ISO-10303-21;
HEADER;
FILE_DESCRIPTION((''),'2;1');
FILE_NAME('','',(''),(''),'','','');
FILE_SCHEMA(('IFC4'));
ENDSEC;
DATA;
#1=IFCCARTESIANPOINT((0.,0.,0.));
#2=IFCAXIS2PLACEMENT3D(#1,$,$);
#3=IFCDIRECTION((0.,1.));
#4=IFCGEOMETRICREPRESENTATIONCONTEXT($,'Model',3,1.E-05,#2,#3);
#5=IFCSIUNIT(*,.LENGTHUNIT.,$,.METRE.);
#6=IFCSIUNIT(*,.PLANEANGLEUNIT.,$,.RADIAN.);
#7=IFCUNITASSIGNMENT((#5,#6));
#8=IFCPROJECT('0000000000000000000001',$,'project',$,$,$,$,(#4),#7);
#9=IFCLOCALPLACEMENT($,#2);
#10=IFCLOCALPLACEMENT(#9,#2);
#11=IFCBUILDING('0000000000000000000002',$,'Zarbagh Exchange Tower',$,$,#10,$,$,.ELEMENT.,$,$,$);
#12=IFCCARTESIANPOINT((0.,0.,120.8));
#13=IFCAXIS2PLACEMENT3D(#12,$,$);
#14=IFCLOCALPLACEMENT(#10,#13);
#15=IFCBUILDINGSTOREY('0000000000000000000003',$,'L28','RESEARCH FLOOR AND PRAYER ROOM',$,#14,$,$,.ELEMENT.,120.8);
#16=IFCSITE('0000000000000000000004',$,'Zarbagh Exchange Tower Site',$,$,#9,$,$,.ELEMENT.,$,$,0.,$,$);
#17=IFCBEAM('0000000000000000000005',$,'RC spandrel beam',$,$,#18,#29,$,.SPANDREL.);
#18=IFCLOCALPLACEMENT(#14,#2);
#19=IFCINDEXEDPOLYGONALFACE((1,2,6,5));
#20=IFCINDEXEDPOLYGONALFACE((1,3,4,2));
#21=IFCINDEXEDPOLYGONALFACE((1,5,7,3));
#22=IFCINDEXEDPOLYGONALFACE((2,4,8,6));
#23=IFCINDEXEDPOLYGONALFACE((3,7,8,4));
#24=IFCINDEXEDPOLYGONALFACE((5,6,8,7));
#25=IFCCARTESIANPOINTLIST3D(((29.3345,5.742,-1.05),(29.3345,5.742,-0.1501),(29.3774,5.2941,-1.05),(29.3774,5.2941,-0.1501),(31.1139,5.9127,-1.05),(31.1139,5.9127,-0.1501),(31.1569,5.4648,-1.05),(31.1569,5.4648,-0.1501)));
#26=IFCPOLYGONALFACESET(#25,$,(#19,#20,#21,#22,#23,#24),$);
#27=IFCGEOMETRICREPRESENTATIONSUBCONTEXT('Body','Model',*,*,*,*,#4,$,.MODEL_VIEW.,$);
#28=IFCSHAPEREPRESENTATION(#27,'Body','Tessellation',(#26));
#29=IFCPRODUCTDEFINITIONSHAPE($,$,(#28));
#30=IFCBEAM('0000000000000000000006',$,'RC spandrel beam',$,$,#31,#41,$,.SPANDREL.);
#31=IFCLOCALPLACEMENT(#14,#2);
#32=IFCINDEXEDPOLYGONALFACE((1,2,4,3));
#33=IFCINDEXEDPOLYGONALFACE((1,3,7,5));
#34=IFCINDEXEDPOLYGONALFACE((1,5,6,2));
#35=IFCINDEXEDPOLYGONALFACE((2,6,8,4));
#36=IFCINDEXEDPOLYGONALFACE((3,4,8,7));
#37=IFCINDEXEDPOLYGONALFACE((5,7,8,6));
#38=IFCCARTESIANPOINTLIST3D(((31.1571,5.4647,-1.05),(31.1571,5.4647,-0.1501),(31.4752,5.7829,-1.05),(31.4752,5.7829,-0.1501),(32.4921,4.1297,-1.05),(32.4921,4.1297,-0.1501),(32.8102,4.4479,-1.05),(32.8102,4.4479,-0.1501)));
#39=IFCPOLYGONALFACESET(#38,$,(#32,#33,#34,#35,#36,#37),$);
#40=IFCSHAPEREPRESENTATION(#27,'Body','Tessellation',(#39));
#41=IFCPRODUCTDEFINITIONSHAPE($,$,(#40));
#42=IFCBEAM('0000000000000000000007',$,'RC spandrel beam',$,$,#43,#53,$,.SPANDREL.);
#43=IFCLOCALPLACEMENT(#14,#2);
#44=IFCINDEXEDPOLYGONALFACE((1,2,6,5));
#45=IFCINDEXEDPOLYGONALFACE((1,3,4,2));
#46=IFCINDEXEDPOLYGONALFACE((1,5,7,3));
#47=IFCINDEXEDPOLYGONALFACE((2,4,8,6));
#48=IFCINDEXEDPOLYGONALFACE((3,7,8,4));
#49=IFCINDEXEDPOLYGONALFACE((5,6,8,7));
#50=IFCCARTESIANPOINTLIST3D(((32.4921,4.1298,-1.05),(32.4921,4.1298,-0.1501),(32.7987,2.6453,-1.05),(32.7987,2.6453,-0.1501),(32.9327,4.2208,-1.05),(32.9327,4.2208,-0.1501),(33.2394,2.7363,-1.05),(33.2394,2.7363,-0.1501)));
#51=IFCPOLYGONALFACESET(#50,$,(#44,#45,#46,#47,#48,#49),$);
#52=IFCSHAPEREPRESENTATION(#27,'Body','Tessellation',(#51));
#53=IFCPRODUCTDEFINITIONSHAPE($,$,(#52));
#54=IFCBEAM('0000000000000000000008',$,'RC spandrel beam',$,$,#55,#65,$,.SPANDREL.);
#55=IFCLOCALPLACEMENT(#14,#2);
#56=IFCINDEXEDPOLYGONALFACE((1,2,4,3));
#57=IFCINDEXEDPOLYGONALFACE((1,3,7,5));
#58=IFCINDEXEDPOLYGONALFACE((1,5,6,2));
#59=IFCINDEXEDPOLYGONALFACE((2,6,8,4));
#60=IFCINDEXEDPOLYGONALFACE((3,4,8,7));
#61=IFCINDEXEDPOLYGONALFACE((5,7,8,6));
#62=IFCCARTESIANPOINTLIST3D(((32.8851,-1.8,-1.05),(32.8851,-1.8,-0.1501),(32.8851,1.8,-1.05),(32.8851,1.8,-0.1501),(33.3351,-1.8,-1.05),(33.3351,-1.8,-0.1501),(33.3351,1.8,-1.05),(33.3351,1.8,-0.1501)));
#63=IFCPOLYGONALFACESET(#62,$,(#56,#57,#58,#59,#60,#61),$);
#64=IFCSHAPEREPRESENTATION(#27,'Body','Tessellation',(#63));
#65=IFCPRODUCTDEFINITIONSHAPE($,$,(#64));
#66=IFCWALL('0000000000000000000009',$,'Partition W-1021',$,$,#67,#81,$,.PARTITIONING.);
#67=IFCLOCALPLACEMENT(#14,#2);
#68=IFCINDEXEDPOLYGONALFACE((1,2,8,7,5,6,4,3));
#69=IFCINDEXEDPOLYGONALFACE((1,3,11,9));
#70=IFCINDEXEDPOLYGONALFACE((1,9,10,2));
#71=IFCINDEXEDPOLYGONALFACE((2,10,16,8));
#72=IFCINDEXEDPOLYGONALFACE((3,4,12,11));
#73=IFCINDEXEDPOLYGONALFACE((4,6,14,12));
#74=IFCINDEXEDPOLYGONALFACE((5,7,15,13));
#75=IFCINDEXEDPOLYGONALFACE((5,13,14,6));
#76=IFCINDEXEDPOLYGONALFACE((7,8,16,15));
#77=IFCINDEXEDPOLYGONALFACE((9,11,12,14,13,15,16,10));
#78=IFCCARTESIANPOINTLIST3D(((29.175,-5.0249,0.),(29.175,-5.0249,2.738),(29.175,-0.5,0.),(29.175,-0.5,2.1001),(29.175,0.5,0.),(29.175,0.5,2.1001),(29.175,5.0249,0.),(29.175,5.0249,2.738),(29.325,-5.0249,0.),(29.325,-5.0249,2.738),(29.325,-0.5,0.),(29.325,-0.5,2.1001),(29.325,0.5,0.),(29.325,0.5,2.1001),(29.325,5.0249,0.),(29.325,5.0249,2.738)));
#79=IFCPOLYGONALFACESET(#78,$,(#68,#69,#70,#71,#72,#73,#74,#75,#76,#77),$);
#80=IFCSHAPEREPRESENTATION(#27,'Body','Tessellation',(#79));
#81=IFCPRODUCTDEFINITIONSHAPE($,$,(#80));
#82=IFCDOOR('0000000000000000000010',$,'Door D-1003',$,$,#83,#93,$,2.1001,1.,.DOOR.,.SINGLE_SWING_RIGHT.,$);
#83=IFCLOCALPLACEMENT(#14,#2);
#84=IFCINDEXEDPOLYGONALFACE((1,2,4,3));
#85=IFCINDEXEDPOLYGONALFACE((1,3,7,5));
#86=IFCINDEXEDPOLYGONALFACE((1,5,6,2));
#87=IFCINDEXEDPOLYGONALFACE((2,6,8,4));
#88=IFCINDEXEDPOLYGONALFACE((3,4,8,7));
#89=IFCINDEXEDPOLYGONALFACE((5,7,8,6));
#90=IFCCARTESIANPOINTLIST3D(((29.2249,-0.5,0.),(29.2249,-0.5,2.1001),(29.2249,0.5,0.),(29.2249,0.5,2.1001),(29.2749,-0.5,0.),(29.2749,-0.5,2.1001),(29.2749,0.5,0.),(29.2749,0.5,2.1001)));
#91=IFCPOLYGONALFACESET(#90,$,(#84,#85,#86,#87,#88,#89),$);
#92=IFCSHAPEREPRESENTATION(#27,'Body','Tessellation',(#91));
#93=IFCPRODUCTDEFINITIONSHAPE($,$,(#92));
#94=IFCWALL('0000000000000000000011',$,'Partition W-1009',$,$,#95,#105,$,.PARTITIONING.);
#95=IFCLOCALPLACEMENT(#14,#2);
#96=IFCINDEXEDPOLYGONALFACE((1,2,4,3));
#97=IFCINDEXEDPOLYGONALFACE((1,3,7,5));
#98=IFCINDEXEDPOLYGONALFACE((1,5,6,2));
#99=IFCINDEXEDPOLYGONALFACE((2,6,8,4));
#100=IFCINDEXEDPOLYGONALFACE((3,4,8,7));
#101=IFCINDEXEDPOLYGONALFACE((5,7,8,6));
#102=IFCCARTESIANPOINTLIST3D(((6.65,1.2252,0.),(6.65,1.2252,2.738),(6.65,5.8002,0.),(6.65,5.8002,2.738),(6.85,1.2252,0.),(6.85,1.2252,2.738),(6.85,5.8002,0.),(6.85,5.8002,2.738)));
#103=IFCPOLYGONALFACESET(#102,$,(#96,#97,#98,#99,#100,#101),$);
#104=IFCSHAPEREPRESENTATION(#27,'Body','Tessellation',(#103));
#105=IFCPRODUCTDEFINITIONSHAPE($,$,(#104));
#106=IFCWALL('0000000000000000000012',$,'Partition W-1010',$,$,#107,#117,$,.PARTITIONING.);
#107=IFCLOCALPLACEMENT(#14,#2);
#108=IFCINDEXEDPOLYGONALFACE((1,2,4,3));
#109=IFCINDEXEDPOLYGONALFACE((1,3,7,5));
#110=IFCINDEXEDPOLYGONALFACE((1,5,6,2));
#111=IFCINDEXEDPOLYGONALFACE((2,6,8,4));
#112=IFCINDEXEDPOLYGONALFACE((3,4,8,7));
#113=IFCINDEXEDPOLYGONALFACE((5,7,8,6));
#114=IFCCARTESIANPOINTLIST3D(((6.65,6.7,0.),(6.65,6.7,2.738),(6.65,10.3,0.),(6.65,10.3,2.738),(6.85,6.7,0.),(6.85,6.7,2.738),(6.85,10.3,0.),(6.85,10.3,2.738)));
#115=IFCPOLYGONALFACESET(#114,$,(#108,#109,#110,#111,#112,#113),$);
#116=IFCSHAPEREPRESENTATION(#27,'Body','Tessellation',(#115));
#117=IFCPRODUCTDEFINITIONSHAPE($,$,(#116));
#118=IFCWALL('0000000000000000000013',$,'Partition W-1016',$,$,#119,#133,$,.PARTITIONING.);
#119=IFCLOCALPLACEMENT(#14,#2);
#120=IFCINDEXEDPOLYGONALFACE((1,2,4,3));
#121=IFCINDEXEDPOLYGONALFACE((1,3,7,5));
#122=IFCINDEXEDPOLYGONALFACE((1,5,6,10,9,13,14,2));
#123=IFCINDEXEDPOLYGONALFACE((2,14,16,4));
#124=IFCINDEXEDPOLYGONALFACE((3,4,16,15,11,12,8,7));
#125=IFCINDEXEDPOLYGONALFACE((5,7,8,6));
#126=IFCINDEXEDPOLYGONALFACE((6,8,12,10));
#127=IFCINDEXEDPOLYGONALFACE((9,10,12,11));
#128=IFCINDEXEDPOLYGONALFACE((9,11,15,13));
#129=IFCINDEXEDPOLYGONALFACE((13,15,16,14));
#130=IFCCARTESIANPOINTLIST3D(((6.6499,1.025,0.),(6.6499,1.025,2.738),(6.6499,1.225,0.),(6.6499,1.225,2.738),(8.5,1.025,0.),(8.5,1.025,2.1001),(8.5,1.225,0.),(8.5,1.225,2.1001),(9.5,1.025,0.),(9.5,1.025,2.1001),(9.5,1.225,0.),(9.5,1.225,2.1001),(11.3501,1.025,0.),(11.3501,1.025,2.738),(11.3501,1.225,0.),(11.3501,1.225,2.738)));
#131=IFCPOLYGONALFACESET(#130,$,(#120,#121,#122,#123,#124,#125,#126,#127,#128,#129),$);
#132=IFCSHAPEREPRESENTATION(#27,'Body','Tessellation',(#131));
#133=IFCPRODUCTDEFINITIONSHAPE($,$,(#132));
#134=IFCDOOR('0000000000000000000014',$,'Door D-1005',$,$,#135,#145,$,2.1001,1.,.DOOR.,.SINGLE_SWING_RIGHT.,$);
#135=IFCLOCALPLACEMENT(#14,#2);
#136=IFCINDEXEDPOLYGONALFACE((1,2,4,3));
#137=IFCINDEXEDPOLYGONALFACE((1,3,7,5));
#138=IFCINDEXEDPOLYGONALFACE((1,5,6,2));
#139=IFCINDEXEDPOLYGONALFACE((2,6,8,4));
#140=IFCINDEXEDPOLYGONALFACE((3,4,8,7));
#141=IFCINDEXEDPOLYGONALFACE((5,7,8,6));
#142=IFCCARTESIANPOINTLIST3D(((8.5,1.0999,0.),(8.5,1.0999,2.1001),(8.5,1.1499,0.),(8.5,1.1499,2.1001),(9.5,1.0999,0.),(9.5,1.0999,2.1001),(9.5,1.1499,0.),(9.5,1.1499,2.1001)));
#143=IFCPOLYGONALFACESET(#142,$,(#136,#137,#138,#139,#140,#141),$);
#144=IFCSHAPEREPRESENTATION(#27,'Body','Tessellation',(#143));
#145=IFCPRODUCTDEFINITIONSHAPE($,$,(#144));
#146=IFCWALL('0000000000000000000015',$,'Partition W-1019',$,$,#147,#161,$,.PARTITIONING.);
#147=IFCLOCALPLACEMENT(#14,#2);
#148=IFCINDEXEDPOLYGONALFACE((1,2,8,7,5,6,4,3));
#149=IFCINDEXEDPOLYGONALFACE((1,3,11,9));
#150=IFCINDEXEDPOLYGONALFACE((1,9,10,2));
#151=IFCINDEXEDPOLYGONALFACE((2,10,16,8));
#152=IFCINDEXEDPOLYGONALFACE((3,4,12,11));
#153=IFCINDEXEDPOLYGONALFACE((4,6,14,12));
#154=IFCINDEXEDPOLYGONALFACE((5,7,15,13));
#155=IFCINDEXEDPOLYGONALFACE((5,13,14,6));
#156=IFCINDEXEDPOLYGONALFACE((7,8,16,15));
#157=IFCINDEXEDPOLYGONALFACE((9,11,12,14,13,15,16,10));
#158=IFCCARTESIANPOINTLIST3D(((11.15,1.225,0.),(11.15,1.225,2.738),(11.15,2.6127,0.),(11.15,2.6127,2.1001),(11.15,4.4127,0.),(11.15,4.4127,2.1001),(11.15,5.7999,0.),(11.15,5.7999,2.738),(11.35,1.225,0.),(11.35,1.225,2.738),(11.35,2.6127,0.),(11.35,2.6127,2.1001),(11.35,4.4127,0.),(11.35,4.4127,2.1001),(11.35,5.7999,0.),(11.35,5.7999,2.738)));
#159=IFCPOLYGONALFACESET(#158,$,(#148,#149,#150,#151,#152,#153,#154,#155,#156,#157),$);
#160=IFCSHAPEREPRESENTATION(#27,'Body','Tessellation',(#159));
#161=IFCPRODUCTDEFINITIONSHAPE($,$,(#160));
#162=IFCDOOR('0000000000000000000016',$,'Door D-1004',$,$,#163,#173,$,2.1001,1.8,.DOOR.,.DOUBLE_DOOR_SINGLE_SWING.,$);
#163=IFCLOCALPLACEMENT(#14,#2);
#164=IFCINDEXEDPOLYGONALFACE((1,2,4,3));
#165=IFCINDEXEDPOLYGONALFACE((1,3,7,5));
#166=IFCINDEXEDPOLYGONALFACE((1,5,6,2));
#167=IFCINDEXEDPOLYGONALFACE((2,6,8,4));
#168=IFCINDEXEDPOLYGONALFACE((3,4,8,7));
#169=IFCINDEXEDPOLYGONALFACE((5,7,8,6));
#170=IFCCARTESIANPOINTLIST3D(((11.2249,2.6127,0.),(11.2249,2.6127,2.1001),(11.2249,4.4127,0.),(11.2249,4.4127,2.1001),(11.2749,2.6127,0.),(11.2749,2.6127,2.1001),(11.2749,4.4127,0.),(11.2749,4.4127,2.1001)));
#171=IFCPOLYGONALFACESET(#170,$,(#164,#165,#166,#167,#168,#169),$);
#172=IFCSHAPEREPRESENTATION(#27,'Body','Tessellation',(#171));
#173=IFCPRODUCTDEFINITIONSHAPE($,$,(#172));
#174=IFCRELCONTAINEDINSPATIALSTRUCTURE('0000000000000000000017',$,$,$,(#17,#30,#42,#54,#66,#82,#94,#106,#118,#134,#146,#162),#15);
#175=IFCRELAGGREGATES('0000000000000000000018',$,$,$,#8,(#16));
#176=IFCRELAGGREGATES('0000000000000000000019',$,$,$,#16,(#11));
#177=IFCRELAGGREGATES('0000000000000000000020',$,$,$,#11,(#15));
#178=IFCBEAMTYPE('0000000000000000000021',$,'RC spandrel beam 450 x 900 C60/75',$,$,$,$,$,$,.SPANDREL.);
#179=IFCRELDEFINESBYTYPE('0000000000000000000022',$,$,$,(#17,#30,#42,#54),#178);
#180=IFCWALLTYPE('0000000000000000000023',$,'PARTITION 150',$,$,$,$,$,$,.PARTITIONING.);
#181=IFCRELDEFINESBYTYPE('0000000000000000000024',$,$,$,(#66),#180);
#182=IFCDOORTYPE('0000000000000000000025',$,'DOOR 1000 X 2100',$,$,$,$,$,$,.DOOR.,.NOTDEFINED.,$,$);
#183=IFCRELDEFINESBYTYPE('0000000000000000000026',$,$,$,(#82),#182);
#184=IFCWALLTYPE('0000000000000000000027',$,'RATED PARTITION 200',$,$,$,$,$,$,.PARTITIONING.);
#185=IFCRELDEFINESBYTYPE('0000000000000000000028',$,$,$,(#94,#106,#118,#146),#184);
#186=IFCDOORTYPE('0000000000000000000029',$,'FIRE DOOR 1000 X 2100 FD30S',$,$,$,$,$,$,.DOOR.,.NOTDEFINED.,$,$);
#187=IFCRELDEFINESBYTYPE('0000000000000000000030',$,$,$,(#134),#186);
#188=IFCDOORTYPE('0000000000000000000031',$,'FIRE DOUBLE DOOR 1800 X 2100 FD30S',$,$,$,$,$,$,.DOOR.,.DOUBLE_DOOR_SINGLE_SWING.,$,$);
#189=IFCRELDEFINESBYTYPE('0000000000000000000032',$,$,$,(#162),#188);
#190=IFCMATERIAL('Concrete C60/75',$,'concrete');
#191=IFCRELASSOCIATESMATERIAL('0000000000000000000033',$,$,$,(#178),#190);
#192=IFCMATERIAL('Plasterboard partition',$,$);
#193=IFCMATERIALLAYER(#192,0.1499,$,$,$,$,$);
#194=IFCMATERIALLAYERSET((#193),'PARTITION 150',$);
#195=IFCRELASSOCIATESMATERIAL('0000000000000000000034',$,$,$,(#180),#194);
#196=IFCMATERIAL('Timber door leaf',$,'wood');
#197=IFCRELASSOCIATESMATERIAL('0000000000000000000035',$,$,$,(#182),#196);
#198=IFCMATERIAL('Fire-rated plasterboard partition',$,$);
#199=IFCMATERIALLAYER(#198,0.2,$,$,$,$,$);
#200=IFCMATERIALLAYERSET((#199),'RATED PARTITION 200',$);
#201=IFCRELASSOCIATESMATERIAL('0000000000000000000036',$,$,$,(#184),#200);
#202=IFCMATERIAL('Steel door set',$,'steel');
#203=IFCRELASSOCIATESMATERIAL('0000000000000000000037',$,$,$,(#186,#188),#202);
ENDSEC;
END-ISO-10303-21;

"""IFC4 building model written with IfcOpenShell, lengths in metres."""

from ifc_helpers import new_model, si_unit, direction, frame, frame_2d, origin, origin_2d, place, context, subcontext, project, spatial, rectangle, extrude, material, layer, layer_set, material_profile, profile_set, type_object, element, fill, save


model = new_model("IFC4")

# Units and contexts
model_context = context("Model", 3, precision=1e-05, world=origin(), true_north=direction((0.0, 1.0)))
body_context = subcontext(model_context, "Body", "Model", "MODEL_VIEW")
ifc_project = project(units=[si_unit("LENGTHUNIT", "METRE"), si_unit("PLANEANGLEUNIT", "RADIAN")], contexts=[model_context])

# Site, building, storey
site_placement = place(None, origin())
site = spatial("IfcSite", under=ifc_project, at=site_placement, Name="Zarbagh Exchange Tower Site", CompositionType="ELEMENT", RefElevation=0.0)
building_placement = place(site_placement, origin())
building = spatial("IfcBuilding", under=site, at=building_placement, Name="Zarbagh Exchange Tower", CompositionType="ELEMENT")
storey_placement = place(building_placement, frame((0.0, 0.0, 120.8)))
storey = spatial("IfcBuildingStorey", under=building, at=storey_placement, Name="L28", Description="RESEARCH FLOOR AND PRAYER ROOM", CompositionType="ELEMENT", Elevation=120.8)

# Shared definitions
ifc_material_1 = material(Name="Concrete C60/75", Category="concrete")

# Beams
ifc_material_profile_1 = material_profile(ifc_material_1, rectangle(XDim=0.45, YDim=0.8999, at=origin_2d()), Name="RC spandrel beam 450 x 900 C60/75")
ifc_profile_set_1 = profile_set([ifc_material_profile_1], Name="Concrete C60/75")
beam_type_1 = type_object("IfcBeamType", Name="RC spandrel beam 450 x 900 C60/75", PredefinedType="SPANDREL", material=ifc_profile_set_1)
beam_1_placement = place(storey_placement, frame((29.356, 5.5181, -0.6001), z_axis=(0.995433, 0.09546, 0.0), x_axis=(-0.09546, 0.995433, 0.0)))
element("IfcBeam", 1, at=beam_1_placement, inside=storey, type_object=beam_type_1, Name="RC spandrel beam", PredefinedType="SPANDREL", context=body_context, shape_type="SweptSolid", body=[
    extrude(rectangle(XDim=0.45, YDim=0.8999, at=origin_2d()), origin(), (0.0, 0.0, 1.0), 1.7876),
])
beam_2_placement = place(storey_placement, frame((31.3162, 5.6238, -0.6001), z_axis=(0.707107, -0.707107, 0.0), x_axis=(0.707107, 0.707107, 0.0)))
element("IfcBeam", 2, at=beam_2_placement, inside=storey, type_object=beam_type_1, Name="RC spandrel beam", PredefinedType="SPANDREL", context=body_context, shape_type="SweptSolid", body=[
    extrude(rectangle(XDim=0.45, YDim=0.8999, at=origin_2d()), origin(), (0.0, 0.0, 1.0), 1.8879),
])
beam_3_placement = place(storey_placement, frame((32.7124, 4.1753, -0.6001), z_axis=(0.202275, -0.979329, 0.0), x_axis=(0.979329, 0.202275, 0.0)))
element("IfcBeam", 3, at=beam_3_placement, inside=storey, type_object=beam_type_1, Name="RC spandrel beam", PredefinedType="SPANDREL", context=body_context, shape_type="SweptSolid", body=[
    extrude(rectangle(XDim=0.45, YDim=0.8999, at=origin_2d()), origin(), (0.0, 0.0, 1.0), 1.5159),
])
beam_4_placement = place(storey_placement, frame((33.1101, 1.8, -0.6001), z_axis=(0.0, -1.0, 0.0), x_axis=(1.0, 0.0, 0.0)))
element("IfcBeam", 4, at=beam_4_placement, inside=storey, type_object=beam_type_1, Name="RC spandrel beam", PredefinedType="SPANDREL", context=body_context, shape_type="SweptSolid", body=[
    extrude(rectangle(XDim=0.45, YDim=0.8999, at=origin_2d()), origin(), (0.0, 0.0, 1.0), 3.6001),
])

# Wall, opening, door
ifc_material_2 = material(Name="Plasterboard partition")
ifc_layer_1 = layer(ifc_material_2, 0.1499)
ifc_layer_set_1 = layer_set([ifc_layer_1], Name="PARTITION 150")
wall_type_1 = type_object("IfcWallType", Name="PARTITION 150", PredefinedType="PARTITIONING", material=ifc_layer_set_1)
wall_1_placement = place(storey_placement, frame((29.25, 5.0249, 0.0), z_axis=(0.0, 0.0, 1.0), x_axis=(0.0, -1.0, 0.0)))
wall_1 = element("IfcWall", 5, at=wall_1_placement, inside=storey, type_object=wall_type_1, Name="Partition W-1021", PredefinedType="PARTITIONING", context=body_context, shape_type="SweptSolid", body=[
    extrude(rectangle(XDim=10.0498, YDim=0.1499, at=frame_2d((5.0249, 0.0))), origin(), (0.0, 0.0, 1.0), 2.738),
])
opening_1_placement = place(wall_1_placement, frame((4.5249, 0.0, 0.0)))
opening_1 = element("IfcOpeningElement", 6, at=opening_1_placement, cuts=wall_1, PredefinedType="OPENING", context=body_context, shape_type="SweptSolid", body=[
    extrude(rectangle(XDim=1.0, YDim=2.1001, at=frame_2d((0.5, 1.05))), frame((0.0, 0.085, 0.0), z_axis=(0.0, -1.0, 0.0), x_axis=(1.0, 0.0, 0.0)), (0.0, 0.0, 1.0), 0.1699),
])
ifc_material_3 = material(Name="Timber door leaf", Category="wood")
door_type_1 = type_object("IfcDoorType", Name="DOOR 1000 X 2100", OperationType="NOTDEFINED", PredefinedType="DOOR", material=ifc_material_3)
door_1_placement = place(opening_1_placement, origin())
door_1 = element("IfcDoor", 7, at=door_1_placement, inside=storey, type_object=door_type_1, Name="Door D-1003", OperationType="SINGLE_SWING_RIGHT", OverallHeight=2.1001, OverallWidth=1.0, PredefinedType="DOOR", context=body_context, shape_type="SweptSolid", body=[
    extrude(rectangle(XDim=1.0, YDim=2.1001, at=frame_2d((0.5, 1.05))), frame((0.0, 0.0249, 0.0), z_axis=(0.0, -1.0, 0.0), x_axis=(1.0, 0.0, 0.0)), (0.0, 0.0, 1.0), 0.05),
])
fill(opening_1, door_1)

# Walls
ifc_material_4 = material(Name="Fire-rated plasterboard partition")
ifc_layer_2 = layer(ifc_material_4, 0.2)
ifc_layer_set_2 = layer_set([ifc_layer_2], Name="RATED PARTITION 200")
wall_type_2 = type_object("IfcWallType", Name="RATED PARTITION 200", PredefinedType="PARTITIONING", material=ifc_layer_set_2)
wall_2_placement = place(storey_placement, frame((6.75, 1.2251, 0.0), z_axis=(0.0, 0.0, 1.0), x_axis=(0.0, 1.0, 0.0)))
element("IfcWall", 8, at=wall_2_placement, inside=storey, type_object=wall_type_2, Name="Partition W-1009", PredefinedType="PARTITIONING", context=body_context, shape_type="SweptSolid", body=[
    extrude(rectangle(XDim=4.575, YDim=0.2, at=frame_2d((2.2876, 0.0))), origin(), (0.0, 0.0, 1.0), 2.738),
])
wall_3_placement = place(storey_placement, frame((6.75, 6.7, 0.0), z_axis=(0.0, 0.0, 1.0), x_axis=(0.0, 1.0, 0.0)))
element("IfcWall", 9, at=wall_3_placement, inside=storey, type_object=wall_type_2, Name="Partition W-1010", PredefinedType="PARTITIONING", context=body_context, shape_type="SweptSolid", body=[
    extrude(rectangle(XDim=3.6001, YDim=0.2, at=frame_2d((1.8, 0.0))), origin(), (0.0, 0.0, 1.0), 2.738),
])

# Walls, openings, doors
wall_4_placement = place(storey_placement, frame((6.6499, 1.125, 0.0), z_axis=(0.0, 0.0, 1.0), x_axis=(1.0, 0.0, 0.0)))
wall_4 = element("IfcWall", 10, at=wall_4_placement, inside=storey, type_object=wall_type_2, Name="Partition W-1016", PredefinedType="PARTITIONING", context=body_context, shape_type="SweptSolid", body=[
    extrude(rectangle(XDim=4.7002, YDim=0.2, at=frame_2d((2.3501, 0.0))), origin(), (0.0, 0.0, 1.0), 2.738),
])
opening_2_placement = place(wall_4_placement, frame((1.8501, 0.0, 0.0)))
opening_2 = element("IfcOpeningElement", 11, at=opening_2_placement, cuts=wall_4, PredefinedType="OPENING", context=body_context, shape_type="SweptSolid", body=[
    extrude(rectangle(XDim=1.0, YDim=2.1001, at=frame_2d((0.5, 1.05))), frame((0.0, 0.1099, 0.0), z_axis=(0.0, -1.0, 0.0), x_axis=(1.0, 0.0, 0.0)), (0.0, 0.0, 1.0), 0.22),
])
ifc_material_5 = material(Name="Steel door set", Category="steel")
door_type_2 = type_object("IfcDoorType", Name="FIRE DOOR 1000 X 2100 FD30S", OperationType="NOTDEFINED", PredefinedType="DOOR", material=ifc_material_5)
door_2_placement = place(opening_2_placement, origin())
door_2 = element("IfcDoor", 12, at=door_2_placement, inside=storey, type_object=door_type_2, Name="Door D-1005", OperationType="SINGLE_SWING_RIGHT", OverallHeight=2.1001, OverallWidth=1.0, PredefinedType="DOOR", context=body_context, shape_type="SweptSolid", body=[
    extrude(rectangle(XDim=1.0, YDim=2.1001, at=frame_2d((0.5, 1.05))), frame((0.0, 0.0249, 0.0), z_axis=(0.0, -1.0, 0.0), x_axis=(1.0, 0.0, 0.0)), (0.0, 0.0, 1.0), 0.05),
])
fill(opening_2, door_2)
wall_5_placement = place(storey_placement, frame((11.25, 5.8, 0.0), z_axis=(0.0, 0.0, 1.0), x_axis=(0.0, -1.0, 0.0)))
wall_5 = element("IfcWall", 13, at=wall_5_placement, inside=storey, type_object=wall_type_2, Name="Partition W-1019", PredefinedType="PARTITIONING", context=body_context, shape_type="SweptSolid", body=[
    extrude(rectangle(XDim=4.575, YDim=0.2, at=frame_2d((2.2876, 0.0))), origin(), (0.0, 0.0, 1.0), 2.738),
])
opening_3_placement = place(wall_5_placement, frame((1.3875, 0.0, 0.0)))
opening_3 = element("IfcOpeningElement", 14, at=opening_3_placement, cuts=wall_5, PredefinedType="OPENING", context=body_context, shape_type="SweptSolid", body=[
    extrude(rectangle(XDim=1.8, YDim=2.1001, at=frame_2d((0.8999, 1.05))), frame((0.0, 0.1099, 0.0), z_axis=(0.0, -1.0, 0.0), x_axis=(1.0, 0.0, 0.0)), (0.0, 0.0, 1.0), 0.22),
])
door_type_3 = type_object("IfcDoorType", Name="FIRE DOUBLE DOOR 1800 X 2100 FD30S", OperationType="DOUBLE_DOOR_SINGLE_SWING", PredefinedType="DOOR", material=ifc_material_5)
door_3_placement = place(opening_3_placement, origin())
door_3 = element("IfcDoor", 15, at=door_3_placement, inside=storey, type_object=door_type_3, Name="Door D-1004", OperationType="DOUBLE_DOOR_SINGLE_SWING", OverallHeight=2.1001, OverallWidth=1.8, PredefinedType="DOOR", context=body_context, shape_type="SweptSolid", body=[
    extrude(rectangle(XDim=1.8, YDim=2.1001, at=frame_2d((0.8999, 1.05))), frame((0.0, 0.0249, 0.0), z_axis=(0.0, -1.0, 0.0), x_axis=(1.0, 0.0, 0.0)), (0.0, 0.0, 1.0), 0.05),
])
fill(opening_3, door_3)

save(model, "model.ifc")
